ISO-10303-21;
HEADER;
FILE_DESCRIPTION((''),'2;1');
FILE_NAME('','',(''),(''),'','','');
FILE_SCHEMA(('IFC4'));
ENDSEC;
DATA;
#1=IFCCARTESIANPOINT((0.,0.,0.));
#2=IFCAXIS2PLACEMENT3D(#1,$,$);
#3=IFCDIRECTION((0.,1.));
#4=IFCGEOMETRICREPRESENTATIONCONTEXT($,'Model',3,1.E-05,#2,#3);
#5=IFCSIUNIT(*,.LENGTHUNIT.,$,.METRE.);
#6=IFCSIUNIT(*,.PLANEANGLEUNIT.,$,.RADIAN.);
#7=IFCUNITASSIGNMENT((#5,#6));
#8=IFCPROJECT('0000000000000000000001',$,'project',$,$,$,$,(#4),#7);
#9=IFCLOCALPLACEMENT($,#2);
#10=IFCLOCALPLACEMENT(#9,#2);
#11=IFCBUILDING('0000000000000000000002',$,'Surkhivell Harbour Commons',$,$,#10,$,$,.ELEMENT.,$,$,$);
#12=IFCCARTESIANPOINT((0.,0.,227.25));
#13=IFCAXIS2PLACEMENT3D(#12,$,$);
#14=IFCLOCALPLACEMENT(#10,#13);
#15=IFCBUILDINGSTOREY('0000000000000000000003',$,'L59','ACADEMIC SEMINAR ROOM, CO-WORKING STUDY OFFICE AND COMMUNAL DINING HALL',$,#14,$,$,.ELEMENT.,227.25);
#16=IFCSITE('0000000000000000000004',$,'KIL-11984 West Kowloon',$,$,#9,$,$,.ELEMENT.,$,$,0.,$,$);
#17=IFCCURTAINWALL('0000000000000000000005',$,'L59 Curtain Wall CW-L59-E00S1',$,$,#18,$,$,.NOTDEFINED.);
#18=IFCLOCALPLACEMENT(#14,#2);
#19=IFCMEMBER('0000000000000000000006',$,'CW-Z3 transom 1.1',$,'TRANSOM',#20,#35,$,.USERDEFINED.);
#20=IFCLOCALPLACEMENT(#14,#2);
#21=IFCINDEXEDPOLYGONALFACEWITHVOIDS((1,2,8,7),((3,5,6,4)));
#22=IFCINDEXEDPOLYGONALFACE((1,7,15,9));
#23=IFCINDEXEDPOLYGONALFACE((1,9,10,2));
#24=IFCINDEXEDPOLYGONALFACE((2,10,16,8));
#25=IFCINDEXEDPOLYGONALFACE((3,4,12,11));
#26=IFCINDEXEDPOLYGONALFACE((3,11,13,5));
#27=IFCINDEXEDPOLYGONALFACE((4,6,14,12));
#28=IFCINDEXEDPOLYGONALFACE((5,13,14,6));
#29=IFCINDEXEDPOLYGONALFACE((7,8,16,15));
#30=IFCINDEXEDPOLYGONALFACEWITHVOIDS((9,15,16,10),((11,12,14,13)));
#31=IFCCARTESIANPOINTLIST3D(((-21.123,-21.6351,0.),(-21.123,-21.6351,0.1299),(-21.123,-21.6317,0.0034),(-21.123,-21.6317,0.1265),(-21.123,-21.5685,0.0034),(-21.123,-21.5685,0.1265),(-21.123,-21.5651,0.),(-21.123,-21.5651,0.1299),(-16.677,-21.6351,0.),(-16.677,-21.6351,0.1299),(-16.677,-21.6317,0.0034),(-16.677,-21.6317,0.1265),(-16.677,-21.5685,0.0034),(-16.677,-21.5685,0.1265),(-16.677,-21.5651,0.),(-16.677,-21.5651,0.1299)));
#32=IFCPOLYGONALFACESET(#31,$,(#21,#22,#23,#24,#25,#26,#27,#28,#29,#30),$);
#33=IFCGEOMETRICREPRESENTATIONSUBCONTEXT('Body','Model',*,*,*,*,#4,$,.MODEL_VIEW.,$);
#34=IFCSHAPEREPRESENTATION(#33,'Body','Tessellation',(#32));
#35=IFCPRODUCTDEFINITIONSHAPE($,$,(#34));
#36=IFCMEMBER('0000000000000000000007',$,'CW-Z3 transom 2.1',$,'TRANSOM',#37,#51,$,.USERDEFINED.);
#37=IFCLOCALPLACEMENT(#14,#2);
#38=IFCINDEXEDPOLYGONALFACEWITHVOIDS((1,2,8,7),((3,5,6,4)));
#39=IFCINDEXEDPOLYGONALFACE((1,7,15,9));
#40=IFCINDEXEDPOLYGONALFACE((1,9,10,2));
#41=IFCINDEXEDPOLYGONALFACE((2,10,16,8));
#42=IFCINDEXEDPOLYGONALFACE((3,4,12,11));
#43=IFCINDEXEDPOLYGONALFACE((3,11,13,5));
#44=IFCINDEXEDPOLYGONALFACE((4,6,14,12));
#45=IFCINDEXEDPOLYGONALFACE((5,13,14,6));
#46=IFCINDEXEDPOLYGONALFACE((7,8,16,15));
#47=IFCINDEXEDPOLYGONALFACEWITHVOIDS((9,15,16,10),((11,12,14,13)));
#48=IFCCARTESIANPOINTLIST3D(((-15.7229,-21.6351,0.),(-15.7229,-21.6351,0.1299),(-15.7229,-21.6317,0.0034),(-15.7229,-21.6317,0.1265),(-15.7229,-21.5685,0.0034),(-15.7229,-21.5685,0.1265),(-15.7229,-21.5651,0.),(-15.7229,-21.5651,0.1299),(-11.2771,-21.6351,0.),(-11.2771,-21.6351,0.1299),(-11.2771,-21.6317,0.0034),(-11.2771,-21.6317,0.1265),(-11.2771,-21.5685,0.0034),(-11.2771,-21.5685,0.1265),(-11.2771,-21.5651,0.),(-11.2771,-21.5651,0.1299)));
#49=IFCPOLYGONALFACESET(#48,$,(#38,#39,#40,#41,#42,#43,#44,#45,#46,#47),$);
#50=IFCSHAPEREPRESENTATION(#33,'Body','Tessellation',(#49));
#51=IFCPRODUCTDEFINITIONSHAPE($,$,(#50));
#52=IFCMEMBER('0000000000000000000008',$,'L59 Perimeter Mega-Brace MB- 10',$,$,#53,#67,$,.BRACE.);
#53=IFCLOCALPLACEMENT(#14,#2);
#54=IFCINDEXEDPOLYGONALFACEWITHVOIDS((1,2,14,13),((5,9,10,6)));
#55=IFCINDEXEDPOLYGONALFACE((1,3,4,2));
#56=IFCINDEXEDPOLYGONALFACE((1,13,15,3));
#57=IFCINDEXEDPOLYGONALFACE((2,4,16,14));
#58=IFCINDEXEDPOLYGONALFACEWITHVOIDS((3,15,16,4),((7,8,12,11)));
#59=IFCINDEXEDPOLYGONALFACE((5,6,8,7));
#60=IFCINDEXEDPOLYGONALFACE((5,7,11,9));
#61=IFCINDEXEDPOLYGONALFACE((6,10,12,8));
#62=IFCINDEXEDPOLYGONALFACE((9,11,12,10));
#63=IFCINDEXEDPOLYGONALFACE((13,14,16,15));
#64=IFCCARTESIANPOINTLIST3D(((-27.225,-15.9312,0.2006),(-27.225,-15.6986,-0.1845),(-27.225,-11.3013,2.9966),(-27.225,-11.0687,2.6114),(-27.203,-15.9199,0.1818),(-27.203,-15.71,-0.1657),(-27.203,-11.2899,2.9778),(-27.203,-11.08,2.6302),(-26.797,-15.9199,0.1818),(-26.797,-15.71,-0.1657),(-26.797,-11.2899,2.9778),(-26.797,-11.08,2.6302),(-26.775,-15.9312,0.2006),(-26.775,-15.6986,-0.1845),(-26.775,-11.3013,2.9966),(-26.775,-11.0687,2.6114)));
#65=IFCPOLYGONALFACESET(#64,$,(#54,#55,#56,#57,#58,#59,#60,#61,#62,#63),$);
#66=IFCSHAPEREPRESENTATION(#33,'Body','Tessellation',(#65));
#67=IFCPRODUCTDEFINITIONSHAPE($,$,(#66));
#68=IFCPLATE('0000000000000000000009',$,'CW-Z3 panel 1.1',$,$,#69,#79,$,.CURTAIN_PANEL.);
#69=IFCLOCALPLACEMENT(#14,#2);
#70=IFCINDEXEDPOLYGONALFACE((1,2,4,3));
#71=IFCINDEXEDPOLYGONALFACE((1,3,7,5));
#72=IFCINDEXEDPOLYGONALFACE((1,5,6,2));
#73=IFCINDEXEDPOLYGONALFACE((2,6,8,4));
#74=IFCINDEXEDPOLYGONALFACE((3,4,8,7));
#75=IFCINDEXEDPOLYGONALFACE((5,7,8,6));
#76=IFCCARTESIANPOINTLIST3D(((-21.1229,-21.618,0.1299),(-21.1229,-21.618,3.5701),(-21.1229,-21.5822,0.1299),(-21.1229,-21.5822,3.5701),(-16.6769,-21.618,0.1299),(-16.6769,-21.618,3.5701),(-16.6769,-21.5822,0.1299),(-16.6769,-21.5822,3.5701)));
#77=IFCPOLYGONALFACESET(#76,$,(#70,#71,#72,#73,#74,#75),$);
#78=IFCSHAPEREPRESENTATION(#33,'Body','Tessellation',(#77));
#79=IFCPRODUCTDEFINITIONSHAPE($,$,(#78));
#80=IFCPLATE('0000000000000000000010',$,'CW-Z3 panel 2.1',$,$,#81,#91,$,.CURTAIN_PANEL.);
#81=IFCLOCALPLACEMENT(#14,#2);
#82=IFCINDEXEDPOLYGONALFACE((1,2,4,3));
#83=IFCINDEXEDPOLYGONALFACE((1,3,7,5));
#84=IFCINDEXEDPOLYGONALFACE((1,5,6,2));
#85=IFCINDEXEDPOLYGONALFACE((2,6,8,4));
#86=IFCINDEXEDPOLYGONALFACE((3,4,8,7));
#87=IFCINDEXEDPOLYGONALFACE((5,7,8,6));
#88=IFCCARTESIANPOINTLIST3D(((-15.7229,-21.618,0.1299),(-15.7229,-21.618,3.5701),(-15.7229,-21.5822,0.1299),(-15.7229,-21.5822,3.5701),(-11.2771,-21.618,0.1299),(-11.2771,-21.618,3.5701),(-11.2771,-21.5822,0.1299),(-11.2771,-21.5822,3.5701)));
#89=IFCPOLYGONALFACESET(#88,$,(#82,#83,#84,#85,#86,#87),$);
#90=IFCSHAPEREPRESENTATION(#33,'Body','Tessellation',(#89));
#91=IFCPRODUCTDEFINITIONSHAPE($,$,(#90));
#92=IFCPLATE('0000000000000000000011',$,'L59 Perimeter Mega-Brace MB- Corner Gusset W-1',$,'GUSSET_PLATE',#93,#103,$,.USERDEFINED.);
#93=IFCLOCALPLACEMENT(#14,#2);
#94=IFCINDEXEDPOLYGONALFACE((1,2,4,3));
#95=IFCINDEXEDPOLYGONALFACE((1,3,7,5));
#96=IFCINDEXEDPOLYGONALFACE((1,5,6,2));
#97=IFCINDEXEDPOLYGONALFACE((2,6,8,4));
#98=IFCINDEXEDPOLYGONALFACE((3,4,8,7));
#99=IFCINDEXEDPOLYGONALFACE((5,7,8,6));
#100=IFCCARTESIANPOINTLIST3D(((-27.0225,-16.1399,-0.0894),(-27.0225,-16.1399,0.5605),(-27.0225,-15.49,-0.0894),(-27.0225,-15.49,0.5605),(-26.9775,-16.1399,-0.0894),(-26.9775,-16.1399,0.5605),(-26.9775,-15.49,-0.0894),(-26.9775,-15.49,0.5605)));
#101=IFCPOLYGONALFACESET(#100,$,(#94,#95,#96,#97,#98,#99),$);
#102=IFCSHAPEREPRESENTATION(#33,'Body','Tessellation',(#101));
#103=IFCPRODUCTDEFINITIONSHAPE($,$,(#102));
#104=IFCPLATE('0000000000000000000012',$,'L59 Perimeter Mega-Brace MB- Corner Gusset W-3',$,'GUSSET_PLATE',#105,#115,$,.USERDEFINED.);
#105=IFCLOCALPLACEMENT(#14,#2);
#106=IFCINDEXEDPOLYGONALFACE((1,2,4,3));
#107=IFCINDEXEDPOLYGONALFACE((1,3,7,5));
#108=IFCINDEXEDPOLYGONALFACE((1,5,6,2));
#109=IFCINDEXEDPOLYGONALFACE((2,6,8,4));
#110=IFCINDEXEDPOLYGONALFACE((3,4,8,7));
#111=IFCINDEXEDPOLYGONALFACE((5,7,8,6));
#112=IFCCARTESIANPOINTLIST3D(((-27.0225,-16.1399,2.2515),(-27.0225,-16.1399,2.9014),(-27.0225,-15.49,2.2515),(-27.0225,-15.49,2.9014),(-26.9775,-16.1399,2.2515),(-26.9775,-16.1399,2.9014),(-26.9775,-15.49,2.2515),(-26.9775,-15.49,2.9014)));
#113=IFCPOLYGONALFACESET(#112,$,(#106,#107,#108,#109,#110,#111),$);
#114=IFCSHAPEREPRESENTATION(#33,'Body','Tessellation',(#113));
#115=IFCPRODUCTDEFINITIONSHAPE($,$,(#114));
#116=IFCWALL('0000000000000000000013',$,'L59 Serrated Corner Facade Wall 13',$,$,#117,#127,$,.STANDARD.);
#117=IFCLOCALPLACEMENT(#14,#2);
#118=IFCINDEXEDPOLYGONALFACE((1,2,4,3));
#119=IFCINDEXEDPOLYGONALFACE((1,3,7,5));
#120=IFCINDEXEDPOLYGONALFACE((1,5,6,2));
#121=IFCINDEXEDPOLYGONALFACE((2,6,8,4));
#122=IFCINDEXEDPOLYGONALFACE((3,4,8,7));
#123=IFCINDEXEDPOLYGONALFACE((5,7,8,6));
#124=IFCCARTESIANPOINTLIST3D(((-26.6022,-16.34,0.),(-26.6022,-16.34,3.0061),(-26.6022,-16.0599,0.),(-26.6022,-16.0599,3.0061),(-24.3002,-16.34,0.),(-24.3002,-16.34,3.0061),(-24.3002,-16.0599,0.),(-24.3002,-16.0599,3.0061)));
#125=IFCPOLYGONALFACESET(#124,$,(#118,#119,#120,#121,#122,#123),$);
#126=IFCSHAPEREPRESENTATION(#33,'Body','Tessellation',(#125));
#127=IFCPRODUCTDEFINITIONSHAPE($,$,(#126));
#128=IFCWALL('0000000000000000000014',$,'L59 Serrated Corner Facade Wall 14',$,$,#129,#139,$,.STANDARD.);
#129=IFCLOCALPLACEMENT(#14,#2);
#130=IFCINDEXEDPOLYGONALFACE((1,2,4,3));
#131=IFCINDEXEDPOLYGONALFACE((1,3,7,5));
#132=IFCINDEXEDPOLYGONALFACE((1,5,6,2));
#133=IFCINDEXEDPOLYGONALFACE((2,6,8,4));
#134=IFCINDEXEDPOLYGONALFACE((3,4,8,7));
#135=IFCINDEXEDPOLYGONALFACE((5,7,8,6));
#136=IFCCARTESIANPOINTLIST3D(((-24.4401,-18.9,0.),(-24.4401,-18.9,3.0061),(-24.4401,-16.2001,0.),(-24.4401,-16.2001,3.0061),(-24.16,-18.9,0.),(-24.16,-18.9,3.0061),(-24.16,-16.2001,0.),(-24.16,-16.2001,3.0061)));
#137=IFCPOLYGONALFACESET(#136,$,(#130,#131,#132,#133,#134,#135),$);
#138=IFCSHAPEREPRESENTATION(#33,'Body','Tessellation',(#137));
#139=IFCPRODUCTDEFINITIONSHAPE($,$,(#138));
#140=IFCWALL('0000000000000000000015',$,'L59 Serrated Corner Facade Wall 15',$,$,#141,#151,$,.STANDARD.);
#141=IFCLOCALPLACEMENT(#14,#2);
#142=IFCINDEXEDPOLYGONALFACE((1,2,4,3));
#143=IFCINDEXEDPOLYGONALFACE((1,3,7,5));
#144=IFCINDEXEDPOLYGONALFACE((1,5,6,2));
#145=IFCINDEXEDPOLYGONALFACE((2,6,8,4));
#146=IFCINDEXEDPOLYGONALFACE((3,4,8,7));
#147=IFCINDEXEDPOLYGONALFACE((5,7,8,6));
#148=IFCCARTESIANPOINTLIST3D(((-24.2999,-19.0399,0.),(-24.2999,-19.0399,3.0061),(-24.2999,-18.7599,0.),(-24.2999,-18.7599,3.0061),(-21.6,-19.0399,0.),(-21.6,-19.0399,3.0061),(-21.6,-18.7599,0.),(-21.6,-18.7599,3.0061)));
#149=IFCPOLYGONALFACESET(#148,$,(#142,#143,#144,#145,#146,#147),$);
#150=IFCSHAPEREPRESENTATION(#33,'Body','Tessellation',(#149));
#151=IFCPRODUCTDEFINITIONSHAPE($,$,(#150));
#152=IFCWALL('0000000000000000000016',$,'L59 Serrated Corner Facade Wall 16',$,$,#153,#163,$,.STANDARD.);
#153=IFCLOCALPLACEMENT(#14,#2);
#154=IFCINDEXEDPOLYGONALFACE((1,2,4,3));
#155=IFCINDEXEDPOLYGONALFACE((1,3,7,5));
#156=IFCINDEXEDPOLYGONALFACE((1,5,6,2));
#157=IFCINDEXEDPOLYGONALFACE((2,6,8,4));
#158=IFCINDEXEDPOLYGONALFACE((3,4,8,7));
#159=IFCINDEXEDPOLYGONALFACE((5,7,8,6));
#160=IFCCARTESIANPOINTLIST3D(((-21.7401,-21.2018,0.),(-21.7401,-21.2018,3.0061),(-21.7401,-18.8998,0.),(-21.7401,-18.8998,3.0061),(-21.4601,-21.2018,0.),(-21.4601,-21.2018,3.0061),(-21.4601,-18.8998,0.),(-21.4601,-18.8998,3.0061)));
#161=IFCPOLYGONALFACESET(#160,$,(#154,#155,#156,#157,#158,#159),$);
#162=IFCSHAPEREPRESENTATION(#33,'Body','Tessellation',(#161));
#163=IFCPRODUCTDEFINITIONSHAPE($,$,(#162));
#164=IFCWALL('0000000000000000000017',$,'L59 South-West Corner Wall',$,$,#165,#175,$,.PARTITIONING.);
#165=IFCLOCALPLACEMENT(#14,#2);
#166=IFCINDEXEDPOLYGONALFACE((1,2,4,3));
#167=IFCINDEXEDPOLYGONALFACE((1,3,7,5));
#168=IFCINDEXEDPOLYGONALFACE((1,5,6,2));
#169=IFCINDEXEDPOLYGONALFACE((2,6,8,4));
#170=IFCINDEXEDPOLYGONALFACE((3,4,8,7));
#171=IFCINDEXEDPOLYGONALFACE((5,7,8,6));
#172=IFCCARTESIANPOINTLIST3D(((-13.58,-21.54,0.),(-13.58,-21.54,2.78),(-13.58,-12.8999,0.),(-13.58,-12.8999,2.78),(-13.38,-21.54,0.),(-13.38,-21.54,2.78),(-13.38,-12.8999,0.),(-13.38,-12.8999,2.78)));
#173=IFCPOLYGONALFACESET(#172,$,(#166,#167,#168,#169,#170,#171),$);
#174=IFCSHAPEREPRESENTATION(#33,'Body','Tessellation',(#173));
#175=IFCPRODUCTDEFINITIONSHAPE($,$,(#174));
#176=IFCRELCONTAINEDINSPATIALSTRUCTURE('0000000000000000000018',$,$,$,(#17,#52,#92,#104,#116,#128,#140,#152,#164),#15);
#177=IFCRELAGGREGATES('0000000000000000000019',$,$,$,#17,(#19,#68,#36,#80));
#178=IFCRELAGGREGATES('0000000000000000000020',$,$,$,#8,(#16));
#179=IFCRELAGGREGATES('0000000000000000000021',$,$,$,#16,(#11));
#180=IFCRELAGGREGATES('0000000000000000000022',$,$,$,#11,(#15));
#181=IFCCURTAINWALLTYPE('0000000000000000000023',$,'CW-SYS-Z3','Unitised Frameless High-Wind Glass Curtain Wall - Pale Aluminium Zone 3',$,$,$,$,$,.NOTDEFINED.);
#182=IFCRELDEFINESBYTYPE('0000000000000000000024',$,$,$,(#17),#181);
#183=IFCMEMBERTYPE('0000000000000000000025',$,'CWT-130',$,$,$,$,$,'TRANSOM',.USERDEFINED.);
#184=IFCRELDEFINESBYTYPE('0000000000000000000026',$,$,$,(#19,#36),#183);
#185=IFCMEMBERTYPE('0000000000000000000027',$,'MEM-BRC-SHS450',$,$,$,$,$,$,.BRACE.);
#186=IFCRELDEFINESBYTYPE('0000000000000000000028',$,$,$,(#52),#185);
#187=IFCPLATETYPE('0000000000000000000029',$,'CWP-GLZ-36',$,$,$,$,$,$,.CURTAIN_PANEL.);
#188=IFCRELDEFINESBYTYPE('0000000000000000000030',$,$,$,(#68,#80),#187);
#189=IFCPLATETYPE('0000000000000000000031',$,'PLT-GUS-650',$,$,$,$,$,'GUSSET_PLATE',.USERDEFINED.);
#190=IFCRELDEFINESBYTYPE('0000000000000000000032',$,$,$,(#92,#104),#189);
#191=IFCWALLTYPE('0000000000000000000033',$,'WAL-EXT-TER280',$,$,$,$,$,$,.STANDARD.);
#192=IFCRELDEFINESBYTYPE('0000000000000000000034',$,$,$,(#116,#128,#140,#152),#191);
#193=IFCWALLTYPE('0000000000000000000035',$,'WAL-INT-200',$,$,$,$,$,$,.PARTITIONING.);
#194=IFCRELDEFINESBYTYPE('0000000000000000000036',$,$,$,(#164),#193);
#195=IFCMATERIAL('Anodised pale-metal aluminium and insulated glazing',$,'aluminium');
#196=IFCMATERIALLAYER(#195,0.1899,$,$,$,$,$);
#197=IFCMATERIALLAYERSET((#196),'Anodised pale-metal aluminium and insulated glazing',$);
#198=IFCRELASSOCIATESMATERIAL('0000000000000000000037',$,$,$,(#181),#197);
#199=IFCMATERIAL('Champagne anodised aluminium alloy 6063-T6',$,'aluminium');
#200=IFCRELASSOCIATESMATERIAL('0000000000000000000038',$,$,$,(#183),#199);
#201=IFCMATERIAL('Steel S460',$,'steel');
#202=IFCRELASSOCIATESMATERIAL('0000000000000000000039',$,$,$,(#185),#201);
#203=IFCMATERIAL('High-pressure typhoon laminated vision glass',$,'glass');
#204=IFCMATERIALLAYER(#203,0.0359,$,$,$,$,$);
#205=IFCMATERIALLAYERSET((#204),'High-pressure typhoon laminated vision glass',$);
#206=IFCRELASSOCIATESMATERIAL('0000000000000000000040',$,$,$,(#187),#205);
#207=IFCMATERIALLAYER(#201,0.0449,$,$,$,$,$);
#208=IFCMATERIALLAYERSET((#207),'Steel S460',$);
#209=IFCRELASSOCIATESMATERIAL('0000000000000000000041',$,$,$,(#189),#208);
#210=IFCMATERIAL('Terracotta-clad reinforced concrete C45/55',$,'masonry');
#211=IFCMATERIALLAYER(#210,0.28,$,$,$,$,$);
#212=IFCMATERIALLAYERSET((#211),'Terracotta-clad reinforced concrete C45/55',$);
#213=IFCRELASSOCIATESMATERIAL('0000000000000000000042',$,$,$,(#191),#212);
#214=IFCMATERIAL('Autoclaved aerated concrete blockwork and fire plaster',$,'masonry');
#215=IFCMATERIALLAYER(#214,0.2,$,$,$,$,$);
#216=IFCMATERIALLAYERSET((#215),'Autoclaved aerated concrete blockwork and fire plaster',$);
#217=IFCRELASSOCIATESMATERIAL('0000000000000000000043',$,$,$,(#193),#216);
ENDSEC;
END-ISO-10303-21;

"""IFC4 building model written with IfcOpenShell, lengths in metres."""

from ifc_helpers import new_model, si_unit, direction, frame, frame_2d, origin, origin_2d, place, context, subcontext, project, spatial, rectangle, hollow_rectangle, extrude, material, layer, layer_set, material_profile, profile_set, type_object, element, aggregate, save


model = new_model("IFC4")

# Units and contexts
model_context = context("Model", 3, precision=1e-05, world=origin(), true_north=direction((0.0, 1.0)))
body_context = subcontext(model_context, "Body", "Model", "MODEL_VIEW")
ifc_project = project(units=[si_unit("LENGTHUNIT", "METRE"), si_unit("PLANEANGLEUNIT", "RADIAN")], contexts=[model_context])

# Site, building, storey
site_placement = place(None, origin())
site = spatial("IfcSite", under=ifc_project, at=site_placement, Name="KIL-11984 West Kowloon", CompositionType="ELEMENT", RefElevation=0.0)
building_placement = place(site_placement, origin())
building = spatial("IfcBuilding", under=site, at=building_placement, Name="Surkhivell Harbour Commons", CompositionType="ELEMENT")
storey_placement = place(building_placement, frame((0.0, 0.0, 227.25)))
storey = spatial("IfcBuildingStorey", under=building, at=storey_placement, Name="L59", Description="ACADEMIC SEMINAR ROOM, CO-WORKING STUDY OFFICE AND COMMUNAL DINING HALL", CompositionType="ELEMENT", Elevation=227.25)

# Curtain wall, members
ifc_material_1 = material(Name="Anodised pale-metal aluminium and insulated glazing", Category="aluminium")
ifc_layer_1 = layer(ifc_material_1, 0.1899)
ifc_layer_set_1 = layer_set([ifc_layer_1], Name="Anodised pale-metal aluminium and insulated glazing")
curtain_wall_type = type_object("IfcCurtainWallType", Name="CW-SYS-Z3", Description="Unitised Frameless High-Wind Glass Curtain Wall - Pale Aluminium Zone 3", PredefinedType="NOTDEFINED", material=ifc_layer_set_1)
curtain_wall_placement = place(storey_placement, origin())
curtain_wall = element("IfcCurtainWall", 1, at=curtain_wall_placement, inside=storey, type_object=curtain_wall_type, Name="L59 Curtain Wall CW-L59-E00S1", PredefinedType="NOTDEFINED")
ifc_material_2 = material(Name="Champagne anodised aluminium alloy 6063-T6", Category="aluminium")
ifc_material_profile_1 = material_profile(ifc_material_2, hollow_rectangle(XDim=0.0701, YDim=0.1299, WallThickness=0.0034, at=origin_2d()), Name="ALU-TRAN-70x130")
ifc_profile_set_1 = profile_set([ifc_material_profile_1], Name="Champagne anodised aluminium alloy 6063-T6")
member_type_1 = type_object("IfcMemberType", Name="CWT-130", ElementType="TRANSOM", PredefinedType="USERDEFINED", material=ifc_profile_set_1)
member_1_placement = place(storey_placement, frame((-21.123, -21.6001, 0.0649), z_axis=(1.0, 0.0, 0.0), x_axis=(0.0, 1.0, 0.0)))
member_1 = element("IfcMember", 2, at=member_1_placement, type_object=member_type_1, Name="CW-Z3 transom 1.1", ObjectType="TRANSOM", PredefinedType="USERDEFINED", context=body_context, shape_type="SweptSolid", body=[
    extrude(hollow_rectangle(XDim=0.0701, YDim=0.1299, WallThickness=0.0034, at=origin_2d()), origin(), (0.0, 0.0, 1.0), 4.446),
])
member_2_placement = place(storey_placement, frame((-15.7229, -21.6001, 0.0649), z_axis=(1.0, 0.0, 0.0), x_axis=(0.0, 1.0, 0.0)))
member_2 = element("IfcMember", 3, at=member_2_placement, type_object=member_type_1, Name="CW-Z3 transom 2.1", ObjectType="TRANSOM", PredefinedType="USERDEFINED", context=body_context, shape_type="SweptSolid", body=[
    extrude(hollow_rectangle(XDim=0.0701, YDim=0.1299, WallThickness=0.0034, at=origin_2d()), origin(), (0.0, 0.0, 1.0), 4.4458),
])

# Member
ifc_material_3 = material(Name="Steel S460", Category="steel")
ifc_material_profile_2 = material_profile(ifc_material_3, hollow_rectangle(XDim=0.45, YDim=0.45, WallThickness=0.022, at=origin_2d()), Name="SHS450x450x22")
ifc_profile_set_2 = profile_set([ifc_material_profile_2], Name="Steel S460")
member_type_2 = type_object("IfcMemberType", Name="MEM-BRC-SHS450", PredefinedType="BRACE", material=ifc_profile_set_2)
member_3_placement = place(storey_placement, frame((-27.0, -15.8149, 0.0081), z_axis=(0.0, 0.856024, 0.516937), x_axis=(-1.0, 0.0, 0.0)))
element("IfcMember", 4, at=member_3_placement, inside=storey, type_object=member_type_2, Name="L59 Perimeter Mega-Brace MB- 10", PredefinedType="BRACE", context=body_context, shape_type="SweptSolid", body=[
    extrude(hollow_rectangle(XDim=0.45, YDim=0.45, WallThickness=0.022, at=origin_2d()), origin(), (0.0, 0.0, 1.0), 5.4087),
])

# Plates
ifc_material_4 = material(Name="High-pressure typhoon laminated vision glass", Category="glass")
ifc_layer_2 = layer(ifc_material_4, 0.0359)
ifc_layer_set_2 = layer_set([ifc_layer_2], Name="High-pressure typhoon laminated vision glass")
plate_type_1 = type_object("IfcPlateType", Name="CWP-GLZ-36", PredefinedType="CURTAIN_PANEL", material=ifc_layer_set_2)
plate_1_placement = place(storey_placement, frame((-21.123, -21.6001, 0.1299), z_axis=(0.0, 0.0, 1.0), x_axis=(1.0, 0.0, 0.0)))
plate_1 = element("IfcPlate", 5, at=plate_1_placement, type_object=plate_type_1, Name="CW-Z3 panel 1.1", PredefinedType="CURTAIN_PANEL", context=body_context, shape_type="SweptSolid", body=[
    extrude(rectangle(XDim=4.446, YDim=0.0359, at=frame_2d((2.2231, 0.0))), origin(), (0.0, 0.0, 1.0), 3.4402),
])
plate_2_placement = place(storey_placement, frame((-15.7229, -21.6001, 0.1299), z_axis=(0.0, 0.0, 1.0), x_axis=(1.0, 0.0, 0.0)))
plate_2 = element("IfcPlate", 6, at=plate_2_placement, type_object=plate_type_1, Name="CW-Z3 panel 2.1", PredefinedType="CURTAIN_PANEL", context=body_context, shape_type="SweptSolid", body=[
    extrude(rectangle(XDim=4.4458, YDim=0.0359, at=frame_2d((2.2229, 0.0))), origin(), (0.0, 0.0, 1.0), 3.4402),
])
aggregate(curtain_wall, [member_1, plate_1, member_2, plate_2])

# Plates
ifc_layer_3 = layer(ifc_material_3, 0.0449)
ifc_layer_set_3 = layer_set([ifc_layer_3], Name="Steel S460")
plate_type_2 = type_object("IfcPlateType", Name="PLT-GUS-650", ElementType="GUSSET_PLATE", PredefinedType="USERDEFINED", material=ifc_layer_set_3)
for number, where, z_axis, x_axis, name in (
    (7, (-27.0, -15.8149, -0.0894), (0.0, 0.0, 1.0), (0.0, 1.0, 0.0), "L59 Perimeter Mega-Brace MB- Corner Gusset W-1"),
    (8, (-27.0, -15.8149, 2.2515), (0.0, 0.0, 1.0), (0.0, 1.0, 0.0), "L59 Perimeter Mega-Brace MB- Corner Gusset W-3"),
):
    element("IfcPlate", number, at=place(storey_placement, frame(where, z_axis=z_axis, x_axis=x_axis)), inside=storey, type_object=plate_type_2, Name=name, ObjectType="GUSSET_PLATE", PredefinedType="USERDEFINED", context=body_context, shape_type="SweptSolid", body=[
        extrude(rectangle(XDim=0.6499, YDim=0.0449, at=origin_2d()), origin(), (0.0, 0.0, 1.0), 0.6499),
    ])

# Walls
ifc_material_5 = material(Name="Terracotta-clad reinforced concrete C45/55", Category="masonry")
ifc_layer_4 = layer(ifc_material_5, 0.28)
ifc_layer_set_4 = layer_set([ifc_layer_4], Name="Terracotta-clad reinforced concrete C45/55")
wall_type_1 = type_object("IfcWallType", Name="WAL-EXT-TER280", PredefinedType="STANDARD", material=ifc_layer_set_4)
wall_1_placement = place(storey_placement, frame((-26.6021, -16.2, 0.0), z_axis=(0.0, 0.0, 1.0), x_axis=(1.0, 0.0, 0.0)))
element("IfcWall", 9, at=wall_1_placement, inside=storey, type_object=wall_type_1, Name="L59 Serrated Corner Facade Wall 13", PredefinedType="STANDARD", context=body_context, shape_type="SweptSolid", body=[
    extrude(rectangle(XDim=2.302, YDim=0.28, at=frame_2d((1.1509, 0.0))), origin(), (0.0, 0.0, 1.0), 3.0061),
])
for number, where, z_axis, x_axis, name in (
    (10, (-24.3, -16.2, 0.0), (0.0, 0.0, 1.0), (0.0, -1.0, 0.0), "L59 Serrated Corner Facade Wall 14"),
    (11, (-24.3, -18.8999, 0.0), (0.0, 0.0, 1.0), (1.0, 0.0, 0.0), "L59 Serrated Corner Facade Wall 15"),
):
    element("IfcWall", number, at=place(storey_placement, frame(where, z_axis=z_axis, x_axis=x_axis)), inside=storey, type_object=wall_type_1, Name=name, PredefinedType="STANDARD", context=body_context, shape_type="SweptSolid", body=[
        extrude(rectangle(XDim=2.7, YDim=0.28, at=frame_2d((1.3501, 0.0))), origin(), (0.0, 0.0, 1.0), 3.0061),
    ])
wall_2_placement = place(storey_placement, frame((-21.6001, -18.8999, 0.0), z_axis=(0.0, 0.0, 1.0), x_axis=(0.0, -1.0, 0.0)))
element("IfcWall", 12, at=wall_2_placement, inside=storey, type_object=wall_type_1, Name="L59 Serrated Corner Facade Wall 16", PredefinedType="STANDARD", context=body_context, shape_type="SweptSolid", body=[
    extrude(rectangle(XDim=2.302, YDim=0.28, at=frame_2d((1.1509, 0.0))), origin(), (0.0, 0.0, 1.0), 3.0061),
])
ifc_material_6 = material(Name="Autoclaved aerated concrete blockwork and fire plaster", Category="masonry")
ifc_layer_5 = layer(ifc_material_6, 0.2)
ifc_layer_set_5 = layer_set([ifc_layer_5], Name="Autoclaved aerated concrete blockwork and fire plaster")
wall_type_2 = type_object("IfcWallType", Name="WAL-INT-200", PredefinedType="PARTITIONING", material=ifc_layer_set_5)
wall_3_placement = place(storey_placement, frame((-13.48, -21.54, 0.0), z_axis=(0.0, 0.0, 1.0), x_axis=(0.0, 1.0, 0.0)))
element("IfcWall", 13, at=wall_3_placement, inside=storey, type_object=wall_type_2, Name="L59 South-West Corner Wall", PredefinedType="PARTITIONING", context=body_context, shape_type="SweptSolid", body=[
    extrude(rectangle(XDim=8.6401, YDim=0.2, at=frame_2d((4.3201, 0.0))), origin(), (0.0, 0.0, 1.0), 2.78),
])

save(model, "model.ifc")
